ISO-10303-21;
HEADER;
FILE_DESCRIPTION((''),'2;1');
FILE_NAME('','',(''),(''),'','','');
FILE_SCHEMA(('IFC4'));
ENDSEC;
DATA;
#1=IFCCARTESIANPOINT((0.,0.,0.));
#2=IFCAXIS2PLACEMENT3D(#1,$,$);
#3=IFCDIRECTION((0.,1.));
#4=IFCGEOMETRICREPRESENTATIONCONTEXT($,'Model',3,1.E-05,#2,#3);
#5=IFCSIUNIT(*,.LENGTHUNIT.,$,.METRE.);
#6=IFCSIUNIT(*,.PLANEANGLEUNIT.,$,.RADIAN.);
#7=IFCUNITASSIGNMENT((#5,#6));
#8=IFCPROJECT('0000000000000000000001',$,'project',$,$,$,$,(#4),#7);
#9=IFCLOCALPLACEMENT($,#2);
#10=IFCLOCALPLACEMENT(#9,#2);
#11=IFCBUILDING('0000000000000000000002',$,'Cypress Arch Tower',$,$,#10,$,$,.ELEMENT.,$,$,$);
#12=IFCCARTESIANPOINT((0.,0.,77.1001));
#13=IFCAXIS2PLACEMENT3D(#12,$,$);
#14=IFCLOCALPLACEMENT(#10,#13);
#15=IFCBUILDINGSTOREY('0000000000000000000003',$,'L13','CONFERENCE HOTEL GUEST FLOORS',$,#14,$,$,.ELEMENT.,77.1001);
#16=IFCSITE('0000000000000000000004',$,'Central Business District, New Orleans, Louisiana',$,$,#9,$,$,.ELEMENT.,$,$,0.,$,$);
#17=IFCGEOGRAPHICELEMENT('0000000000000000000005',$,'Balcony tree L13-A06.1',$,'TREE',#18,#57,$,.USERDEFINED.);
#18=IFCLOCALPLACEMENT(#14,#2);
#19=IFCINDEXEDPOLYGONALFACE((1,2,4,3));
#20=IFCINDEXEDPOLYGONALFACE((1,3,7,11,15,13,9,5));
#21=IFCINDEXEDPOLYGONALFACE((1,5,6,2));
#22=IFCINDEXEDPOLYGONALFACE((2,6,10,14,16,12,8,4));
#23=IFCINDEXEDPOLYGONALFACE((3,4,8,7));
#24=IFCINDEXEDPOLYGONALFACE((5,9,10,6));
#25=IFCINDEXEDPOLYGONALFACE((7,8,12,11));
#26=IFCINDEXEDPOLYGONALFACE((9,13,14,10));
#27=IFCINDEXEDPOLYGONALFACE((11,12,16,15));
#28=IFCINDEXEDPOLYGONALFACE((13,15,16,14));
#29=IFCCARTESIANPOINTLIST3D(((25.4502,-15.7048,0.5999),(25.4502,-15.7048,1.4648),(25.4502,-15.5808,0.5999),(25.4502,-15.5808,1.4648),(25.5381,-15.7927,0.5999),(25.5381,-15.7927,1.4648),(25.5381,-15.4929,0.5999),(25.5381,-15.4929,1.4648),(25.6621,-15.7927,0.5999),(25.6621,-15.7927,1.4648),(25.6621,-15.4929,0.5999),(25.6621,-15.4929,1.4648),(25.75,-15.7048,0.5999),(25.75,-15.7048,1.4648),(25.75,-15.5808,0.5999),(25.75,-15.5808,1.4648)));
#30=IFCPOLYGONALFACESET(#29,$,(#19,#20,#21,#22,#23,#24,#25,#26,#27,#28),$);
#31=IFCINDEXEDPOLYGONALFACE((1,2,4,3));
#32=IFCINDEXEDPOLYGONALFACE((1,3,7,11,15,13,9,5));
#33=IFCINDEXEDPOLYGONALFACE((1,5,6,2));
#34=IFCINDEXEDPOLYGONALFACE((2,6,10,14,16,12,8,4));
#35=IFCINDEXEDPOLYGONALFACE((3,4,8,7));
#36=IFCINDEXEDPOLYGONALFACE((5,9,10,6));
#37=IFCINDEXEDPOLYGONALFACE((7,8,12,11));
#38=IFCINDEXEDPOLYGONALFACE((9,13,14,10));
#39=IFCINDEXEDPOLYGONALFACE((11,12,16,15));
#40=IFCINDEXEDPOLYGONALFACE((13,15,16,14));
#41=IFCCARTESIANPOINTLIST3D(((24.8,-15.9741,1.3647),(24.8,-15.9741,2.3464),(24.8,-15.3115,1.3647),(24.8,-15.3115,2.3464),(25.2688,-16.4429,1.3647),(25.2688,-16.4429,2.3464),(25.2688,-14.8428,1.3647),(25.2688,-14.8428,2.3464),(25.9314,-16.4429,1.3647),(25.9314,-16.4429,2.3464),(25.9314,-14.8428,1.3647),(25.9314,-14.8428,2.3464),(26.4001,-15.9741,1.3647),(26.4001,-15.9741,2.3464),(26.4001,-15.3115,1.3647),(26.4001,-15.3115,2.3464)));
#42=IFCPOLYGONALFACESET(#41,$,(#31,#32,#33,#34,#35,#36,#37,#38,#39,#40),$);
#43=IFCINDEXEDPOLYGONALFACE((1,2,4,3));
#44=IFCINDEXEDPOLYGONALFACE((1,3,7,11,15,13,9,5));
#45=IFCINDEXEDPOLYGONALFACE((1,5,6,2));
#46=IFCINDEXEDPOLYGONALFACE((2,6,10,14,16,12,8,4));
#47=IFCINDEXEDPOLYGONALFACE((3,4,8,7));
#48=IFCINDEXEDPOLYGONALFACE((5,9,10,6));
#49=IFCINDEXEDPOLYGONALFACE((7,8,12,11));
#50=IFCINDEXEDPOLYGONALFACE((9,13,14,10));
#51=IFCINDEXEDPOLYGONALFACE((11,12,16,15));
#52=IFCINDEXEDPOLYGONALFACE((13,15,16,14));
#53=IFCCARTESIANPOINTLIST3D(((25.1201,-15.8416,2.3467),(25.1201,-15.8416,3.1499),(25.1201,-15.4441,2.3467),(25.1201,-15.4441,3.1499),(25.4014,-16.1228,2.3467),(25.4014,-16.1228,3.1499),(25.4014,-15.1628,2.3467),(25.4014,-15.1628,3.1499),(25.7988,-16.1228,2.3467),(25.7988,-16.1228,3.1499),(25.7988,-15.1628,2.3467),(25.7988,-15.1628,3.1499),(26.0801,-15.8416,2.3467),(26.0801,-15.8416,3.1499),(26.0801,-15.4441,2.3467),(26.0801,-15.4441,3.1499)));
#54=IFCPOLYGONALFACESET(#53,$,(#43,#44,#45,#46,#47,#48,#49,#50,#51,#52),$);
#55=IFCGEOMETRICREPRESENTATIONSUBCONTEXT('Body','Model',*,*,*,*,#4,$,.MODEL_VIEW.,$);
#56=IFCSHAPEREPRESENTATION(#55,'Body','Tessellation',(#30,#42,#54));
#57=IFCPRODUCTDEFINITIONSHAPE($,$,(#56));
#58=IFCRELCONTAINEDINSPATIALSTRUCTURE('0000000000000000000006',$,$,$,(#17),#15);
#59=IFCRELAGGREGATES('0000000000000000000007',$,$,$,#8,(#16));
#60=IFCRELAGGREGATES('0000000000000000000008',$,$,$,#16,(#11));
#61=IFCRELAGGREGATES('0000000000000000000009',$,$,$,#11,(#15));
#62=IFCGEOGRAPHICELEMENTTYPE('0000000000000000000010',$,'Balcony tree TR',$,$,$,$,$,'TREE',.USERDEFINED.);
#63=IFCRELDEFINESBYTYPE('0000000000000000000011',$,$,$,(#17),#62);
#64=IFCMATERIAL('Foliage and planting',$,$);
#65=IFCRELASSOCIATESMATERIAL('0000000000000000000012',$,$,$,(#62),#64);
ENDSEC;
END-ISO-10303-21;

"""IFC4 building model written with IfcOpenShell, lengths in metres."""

from ifc_helpers import new_model, si_unit, direction, frame, origin, place, context, subcontext, project, spatial, polyline, outline, extrude, material, type_object, element, save


model = new_model("IFC4")

# Units and contexts
model_context = context("Model", 3, precision=1e-05, world=origin(), true_north=direction((0.0, 1.0)))
body_context = subcontext(model_context, "Body", "Model", "MODEL_VIEW")
ifc_project = project(units=[si_unit("LENGTHUNIT", "METRE"), si_unit("PLANEANGLEUNIT", "RADIAN")], contexts=[model_context])

# Site, building, storey
site_placement = place(None, origin())
site = spatial("IfcSite", under=ifc_project, at=site_placement, Name="Central Business District, New Orleans, Louisiana", CompositionType="ELEMENT", RefElevation=0.0)
building_placement = place(site_placement, origin())
building = spatial("IfcBuilding", under=site, at=building_placement, Name="Cypress Arch Tower", CompositionType="ELEMENT")
storey_placement = place(building_placement, frame((0.0, 0.0, 77.1001)))
storey = spatial("IfcBuildingStorey", under=building, at=storey_placement, Name="L13", Description="CONFERENCE HOTEL GUEST FLOORS", CompositionType="ELEMENT", Elevation=77.1001)

# Geographic element
ifc_material_1 = material(Name="Foliage and planting")
geographic_element_type = type_object("IfcGeographicElementType", Name="Balcony tree TR", ElementType="TREE", PredefinedType="USERDEFINED", material=ifc_material_1)
geographic_element_placement = place(storey_placement, frame((25.6001, -15.6428, 0.5999), z_axis=(0.0, 0.0, 1.0), x_axis=(1.0, 0.0, 0.0)))
element("IfcGeographicElement", 1, at=geographic_element_placement, inside=storey, type_object=geographic_element_type, Name="Balcony tree L13-A06.1", ObjectType="TREE", PredefinedType="USERDEFINED", context=body_context, shape_type="SweptSolid", body=[
    extrude(outline(polyline([(0.1499, 0.062), (0.062, 0.1499), (-0.062, 0.1499), (-0.1499, 0.062), (-0.1499, -0.062), (-0.062, -0.1499), (0.062, -0.1499), (0.1499, -0.062), (0.1499, 0.062)])), origin(), (0.0, 0.0, 1.0), 0.865),
    extrude(outline(polyline([(0.8, 0.3313), (0.3313, 0.8), (-0.3313, 0.8), (-0.8, 0.3313), (-0.8, -0.3313), (-0.3313, -0.8), (0.3313, -0.8), (0.8, -0.3313), (0.8, 0.3313)])), frame((0.0, 0.0, 0.7649)), (0.0, 0.0, 1.0), 0.9817),
    extrude(outline(polyline([(0.48, 0.1987), (0.1987, 0.48), (-0.1987, 0.48), (-0.48, 0.1987), (-0.48, -0.1987), (-0.1987, -0.48), (0.1987, -0.48), (0.48, -0.1987), (0.48, 0.1987)])), frame((0.0, 0.0, 1.7468)), (0.0, 0.0, 1.0), 0.8032),
])

save(model, "model.ifc")
